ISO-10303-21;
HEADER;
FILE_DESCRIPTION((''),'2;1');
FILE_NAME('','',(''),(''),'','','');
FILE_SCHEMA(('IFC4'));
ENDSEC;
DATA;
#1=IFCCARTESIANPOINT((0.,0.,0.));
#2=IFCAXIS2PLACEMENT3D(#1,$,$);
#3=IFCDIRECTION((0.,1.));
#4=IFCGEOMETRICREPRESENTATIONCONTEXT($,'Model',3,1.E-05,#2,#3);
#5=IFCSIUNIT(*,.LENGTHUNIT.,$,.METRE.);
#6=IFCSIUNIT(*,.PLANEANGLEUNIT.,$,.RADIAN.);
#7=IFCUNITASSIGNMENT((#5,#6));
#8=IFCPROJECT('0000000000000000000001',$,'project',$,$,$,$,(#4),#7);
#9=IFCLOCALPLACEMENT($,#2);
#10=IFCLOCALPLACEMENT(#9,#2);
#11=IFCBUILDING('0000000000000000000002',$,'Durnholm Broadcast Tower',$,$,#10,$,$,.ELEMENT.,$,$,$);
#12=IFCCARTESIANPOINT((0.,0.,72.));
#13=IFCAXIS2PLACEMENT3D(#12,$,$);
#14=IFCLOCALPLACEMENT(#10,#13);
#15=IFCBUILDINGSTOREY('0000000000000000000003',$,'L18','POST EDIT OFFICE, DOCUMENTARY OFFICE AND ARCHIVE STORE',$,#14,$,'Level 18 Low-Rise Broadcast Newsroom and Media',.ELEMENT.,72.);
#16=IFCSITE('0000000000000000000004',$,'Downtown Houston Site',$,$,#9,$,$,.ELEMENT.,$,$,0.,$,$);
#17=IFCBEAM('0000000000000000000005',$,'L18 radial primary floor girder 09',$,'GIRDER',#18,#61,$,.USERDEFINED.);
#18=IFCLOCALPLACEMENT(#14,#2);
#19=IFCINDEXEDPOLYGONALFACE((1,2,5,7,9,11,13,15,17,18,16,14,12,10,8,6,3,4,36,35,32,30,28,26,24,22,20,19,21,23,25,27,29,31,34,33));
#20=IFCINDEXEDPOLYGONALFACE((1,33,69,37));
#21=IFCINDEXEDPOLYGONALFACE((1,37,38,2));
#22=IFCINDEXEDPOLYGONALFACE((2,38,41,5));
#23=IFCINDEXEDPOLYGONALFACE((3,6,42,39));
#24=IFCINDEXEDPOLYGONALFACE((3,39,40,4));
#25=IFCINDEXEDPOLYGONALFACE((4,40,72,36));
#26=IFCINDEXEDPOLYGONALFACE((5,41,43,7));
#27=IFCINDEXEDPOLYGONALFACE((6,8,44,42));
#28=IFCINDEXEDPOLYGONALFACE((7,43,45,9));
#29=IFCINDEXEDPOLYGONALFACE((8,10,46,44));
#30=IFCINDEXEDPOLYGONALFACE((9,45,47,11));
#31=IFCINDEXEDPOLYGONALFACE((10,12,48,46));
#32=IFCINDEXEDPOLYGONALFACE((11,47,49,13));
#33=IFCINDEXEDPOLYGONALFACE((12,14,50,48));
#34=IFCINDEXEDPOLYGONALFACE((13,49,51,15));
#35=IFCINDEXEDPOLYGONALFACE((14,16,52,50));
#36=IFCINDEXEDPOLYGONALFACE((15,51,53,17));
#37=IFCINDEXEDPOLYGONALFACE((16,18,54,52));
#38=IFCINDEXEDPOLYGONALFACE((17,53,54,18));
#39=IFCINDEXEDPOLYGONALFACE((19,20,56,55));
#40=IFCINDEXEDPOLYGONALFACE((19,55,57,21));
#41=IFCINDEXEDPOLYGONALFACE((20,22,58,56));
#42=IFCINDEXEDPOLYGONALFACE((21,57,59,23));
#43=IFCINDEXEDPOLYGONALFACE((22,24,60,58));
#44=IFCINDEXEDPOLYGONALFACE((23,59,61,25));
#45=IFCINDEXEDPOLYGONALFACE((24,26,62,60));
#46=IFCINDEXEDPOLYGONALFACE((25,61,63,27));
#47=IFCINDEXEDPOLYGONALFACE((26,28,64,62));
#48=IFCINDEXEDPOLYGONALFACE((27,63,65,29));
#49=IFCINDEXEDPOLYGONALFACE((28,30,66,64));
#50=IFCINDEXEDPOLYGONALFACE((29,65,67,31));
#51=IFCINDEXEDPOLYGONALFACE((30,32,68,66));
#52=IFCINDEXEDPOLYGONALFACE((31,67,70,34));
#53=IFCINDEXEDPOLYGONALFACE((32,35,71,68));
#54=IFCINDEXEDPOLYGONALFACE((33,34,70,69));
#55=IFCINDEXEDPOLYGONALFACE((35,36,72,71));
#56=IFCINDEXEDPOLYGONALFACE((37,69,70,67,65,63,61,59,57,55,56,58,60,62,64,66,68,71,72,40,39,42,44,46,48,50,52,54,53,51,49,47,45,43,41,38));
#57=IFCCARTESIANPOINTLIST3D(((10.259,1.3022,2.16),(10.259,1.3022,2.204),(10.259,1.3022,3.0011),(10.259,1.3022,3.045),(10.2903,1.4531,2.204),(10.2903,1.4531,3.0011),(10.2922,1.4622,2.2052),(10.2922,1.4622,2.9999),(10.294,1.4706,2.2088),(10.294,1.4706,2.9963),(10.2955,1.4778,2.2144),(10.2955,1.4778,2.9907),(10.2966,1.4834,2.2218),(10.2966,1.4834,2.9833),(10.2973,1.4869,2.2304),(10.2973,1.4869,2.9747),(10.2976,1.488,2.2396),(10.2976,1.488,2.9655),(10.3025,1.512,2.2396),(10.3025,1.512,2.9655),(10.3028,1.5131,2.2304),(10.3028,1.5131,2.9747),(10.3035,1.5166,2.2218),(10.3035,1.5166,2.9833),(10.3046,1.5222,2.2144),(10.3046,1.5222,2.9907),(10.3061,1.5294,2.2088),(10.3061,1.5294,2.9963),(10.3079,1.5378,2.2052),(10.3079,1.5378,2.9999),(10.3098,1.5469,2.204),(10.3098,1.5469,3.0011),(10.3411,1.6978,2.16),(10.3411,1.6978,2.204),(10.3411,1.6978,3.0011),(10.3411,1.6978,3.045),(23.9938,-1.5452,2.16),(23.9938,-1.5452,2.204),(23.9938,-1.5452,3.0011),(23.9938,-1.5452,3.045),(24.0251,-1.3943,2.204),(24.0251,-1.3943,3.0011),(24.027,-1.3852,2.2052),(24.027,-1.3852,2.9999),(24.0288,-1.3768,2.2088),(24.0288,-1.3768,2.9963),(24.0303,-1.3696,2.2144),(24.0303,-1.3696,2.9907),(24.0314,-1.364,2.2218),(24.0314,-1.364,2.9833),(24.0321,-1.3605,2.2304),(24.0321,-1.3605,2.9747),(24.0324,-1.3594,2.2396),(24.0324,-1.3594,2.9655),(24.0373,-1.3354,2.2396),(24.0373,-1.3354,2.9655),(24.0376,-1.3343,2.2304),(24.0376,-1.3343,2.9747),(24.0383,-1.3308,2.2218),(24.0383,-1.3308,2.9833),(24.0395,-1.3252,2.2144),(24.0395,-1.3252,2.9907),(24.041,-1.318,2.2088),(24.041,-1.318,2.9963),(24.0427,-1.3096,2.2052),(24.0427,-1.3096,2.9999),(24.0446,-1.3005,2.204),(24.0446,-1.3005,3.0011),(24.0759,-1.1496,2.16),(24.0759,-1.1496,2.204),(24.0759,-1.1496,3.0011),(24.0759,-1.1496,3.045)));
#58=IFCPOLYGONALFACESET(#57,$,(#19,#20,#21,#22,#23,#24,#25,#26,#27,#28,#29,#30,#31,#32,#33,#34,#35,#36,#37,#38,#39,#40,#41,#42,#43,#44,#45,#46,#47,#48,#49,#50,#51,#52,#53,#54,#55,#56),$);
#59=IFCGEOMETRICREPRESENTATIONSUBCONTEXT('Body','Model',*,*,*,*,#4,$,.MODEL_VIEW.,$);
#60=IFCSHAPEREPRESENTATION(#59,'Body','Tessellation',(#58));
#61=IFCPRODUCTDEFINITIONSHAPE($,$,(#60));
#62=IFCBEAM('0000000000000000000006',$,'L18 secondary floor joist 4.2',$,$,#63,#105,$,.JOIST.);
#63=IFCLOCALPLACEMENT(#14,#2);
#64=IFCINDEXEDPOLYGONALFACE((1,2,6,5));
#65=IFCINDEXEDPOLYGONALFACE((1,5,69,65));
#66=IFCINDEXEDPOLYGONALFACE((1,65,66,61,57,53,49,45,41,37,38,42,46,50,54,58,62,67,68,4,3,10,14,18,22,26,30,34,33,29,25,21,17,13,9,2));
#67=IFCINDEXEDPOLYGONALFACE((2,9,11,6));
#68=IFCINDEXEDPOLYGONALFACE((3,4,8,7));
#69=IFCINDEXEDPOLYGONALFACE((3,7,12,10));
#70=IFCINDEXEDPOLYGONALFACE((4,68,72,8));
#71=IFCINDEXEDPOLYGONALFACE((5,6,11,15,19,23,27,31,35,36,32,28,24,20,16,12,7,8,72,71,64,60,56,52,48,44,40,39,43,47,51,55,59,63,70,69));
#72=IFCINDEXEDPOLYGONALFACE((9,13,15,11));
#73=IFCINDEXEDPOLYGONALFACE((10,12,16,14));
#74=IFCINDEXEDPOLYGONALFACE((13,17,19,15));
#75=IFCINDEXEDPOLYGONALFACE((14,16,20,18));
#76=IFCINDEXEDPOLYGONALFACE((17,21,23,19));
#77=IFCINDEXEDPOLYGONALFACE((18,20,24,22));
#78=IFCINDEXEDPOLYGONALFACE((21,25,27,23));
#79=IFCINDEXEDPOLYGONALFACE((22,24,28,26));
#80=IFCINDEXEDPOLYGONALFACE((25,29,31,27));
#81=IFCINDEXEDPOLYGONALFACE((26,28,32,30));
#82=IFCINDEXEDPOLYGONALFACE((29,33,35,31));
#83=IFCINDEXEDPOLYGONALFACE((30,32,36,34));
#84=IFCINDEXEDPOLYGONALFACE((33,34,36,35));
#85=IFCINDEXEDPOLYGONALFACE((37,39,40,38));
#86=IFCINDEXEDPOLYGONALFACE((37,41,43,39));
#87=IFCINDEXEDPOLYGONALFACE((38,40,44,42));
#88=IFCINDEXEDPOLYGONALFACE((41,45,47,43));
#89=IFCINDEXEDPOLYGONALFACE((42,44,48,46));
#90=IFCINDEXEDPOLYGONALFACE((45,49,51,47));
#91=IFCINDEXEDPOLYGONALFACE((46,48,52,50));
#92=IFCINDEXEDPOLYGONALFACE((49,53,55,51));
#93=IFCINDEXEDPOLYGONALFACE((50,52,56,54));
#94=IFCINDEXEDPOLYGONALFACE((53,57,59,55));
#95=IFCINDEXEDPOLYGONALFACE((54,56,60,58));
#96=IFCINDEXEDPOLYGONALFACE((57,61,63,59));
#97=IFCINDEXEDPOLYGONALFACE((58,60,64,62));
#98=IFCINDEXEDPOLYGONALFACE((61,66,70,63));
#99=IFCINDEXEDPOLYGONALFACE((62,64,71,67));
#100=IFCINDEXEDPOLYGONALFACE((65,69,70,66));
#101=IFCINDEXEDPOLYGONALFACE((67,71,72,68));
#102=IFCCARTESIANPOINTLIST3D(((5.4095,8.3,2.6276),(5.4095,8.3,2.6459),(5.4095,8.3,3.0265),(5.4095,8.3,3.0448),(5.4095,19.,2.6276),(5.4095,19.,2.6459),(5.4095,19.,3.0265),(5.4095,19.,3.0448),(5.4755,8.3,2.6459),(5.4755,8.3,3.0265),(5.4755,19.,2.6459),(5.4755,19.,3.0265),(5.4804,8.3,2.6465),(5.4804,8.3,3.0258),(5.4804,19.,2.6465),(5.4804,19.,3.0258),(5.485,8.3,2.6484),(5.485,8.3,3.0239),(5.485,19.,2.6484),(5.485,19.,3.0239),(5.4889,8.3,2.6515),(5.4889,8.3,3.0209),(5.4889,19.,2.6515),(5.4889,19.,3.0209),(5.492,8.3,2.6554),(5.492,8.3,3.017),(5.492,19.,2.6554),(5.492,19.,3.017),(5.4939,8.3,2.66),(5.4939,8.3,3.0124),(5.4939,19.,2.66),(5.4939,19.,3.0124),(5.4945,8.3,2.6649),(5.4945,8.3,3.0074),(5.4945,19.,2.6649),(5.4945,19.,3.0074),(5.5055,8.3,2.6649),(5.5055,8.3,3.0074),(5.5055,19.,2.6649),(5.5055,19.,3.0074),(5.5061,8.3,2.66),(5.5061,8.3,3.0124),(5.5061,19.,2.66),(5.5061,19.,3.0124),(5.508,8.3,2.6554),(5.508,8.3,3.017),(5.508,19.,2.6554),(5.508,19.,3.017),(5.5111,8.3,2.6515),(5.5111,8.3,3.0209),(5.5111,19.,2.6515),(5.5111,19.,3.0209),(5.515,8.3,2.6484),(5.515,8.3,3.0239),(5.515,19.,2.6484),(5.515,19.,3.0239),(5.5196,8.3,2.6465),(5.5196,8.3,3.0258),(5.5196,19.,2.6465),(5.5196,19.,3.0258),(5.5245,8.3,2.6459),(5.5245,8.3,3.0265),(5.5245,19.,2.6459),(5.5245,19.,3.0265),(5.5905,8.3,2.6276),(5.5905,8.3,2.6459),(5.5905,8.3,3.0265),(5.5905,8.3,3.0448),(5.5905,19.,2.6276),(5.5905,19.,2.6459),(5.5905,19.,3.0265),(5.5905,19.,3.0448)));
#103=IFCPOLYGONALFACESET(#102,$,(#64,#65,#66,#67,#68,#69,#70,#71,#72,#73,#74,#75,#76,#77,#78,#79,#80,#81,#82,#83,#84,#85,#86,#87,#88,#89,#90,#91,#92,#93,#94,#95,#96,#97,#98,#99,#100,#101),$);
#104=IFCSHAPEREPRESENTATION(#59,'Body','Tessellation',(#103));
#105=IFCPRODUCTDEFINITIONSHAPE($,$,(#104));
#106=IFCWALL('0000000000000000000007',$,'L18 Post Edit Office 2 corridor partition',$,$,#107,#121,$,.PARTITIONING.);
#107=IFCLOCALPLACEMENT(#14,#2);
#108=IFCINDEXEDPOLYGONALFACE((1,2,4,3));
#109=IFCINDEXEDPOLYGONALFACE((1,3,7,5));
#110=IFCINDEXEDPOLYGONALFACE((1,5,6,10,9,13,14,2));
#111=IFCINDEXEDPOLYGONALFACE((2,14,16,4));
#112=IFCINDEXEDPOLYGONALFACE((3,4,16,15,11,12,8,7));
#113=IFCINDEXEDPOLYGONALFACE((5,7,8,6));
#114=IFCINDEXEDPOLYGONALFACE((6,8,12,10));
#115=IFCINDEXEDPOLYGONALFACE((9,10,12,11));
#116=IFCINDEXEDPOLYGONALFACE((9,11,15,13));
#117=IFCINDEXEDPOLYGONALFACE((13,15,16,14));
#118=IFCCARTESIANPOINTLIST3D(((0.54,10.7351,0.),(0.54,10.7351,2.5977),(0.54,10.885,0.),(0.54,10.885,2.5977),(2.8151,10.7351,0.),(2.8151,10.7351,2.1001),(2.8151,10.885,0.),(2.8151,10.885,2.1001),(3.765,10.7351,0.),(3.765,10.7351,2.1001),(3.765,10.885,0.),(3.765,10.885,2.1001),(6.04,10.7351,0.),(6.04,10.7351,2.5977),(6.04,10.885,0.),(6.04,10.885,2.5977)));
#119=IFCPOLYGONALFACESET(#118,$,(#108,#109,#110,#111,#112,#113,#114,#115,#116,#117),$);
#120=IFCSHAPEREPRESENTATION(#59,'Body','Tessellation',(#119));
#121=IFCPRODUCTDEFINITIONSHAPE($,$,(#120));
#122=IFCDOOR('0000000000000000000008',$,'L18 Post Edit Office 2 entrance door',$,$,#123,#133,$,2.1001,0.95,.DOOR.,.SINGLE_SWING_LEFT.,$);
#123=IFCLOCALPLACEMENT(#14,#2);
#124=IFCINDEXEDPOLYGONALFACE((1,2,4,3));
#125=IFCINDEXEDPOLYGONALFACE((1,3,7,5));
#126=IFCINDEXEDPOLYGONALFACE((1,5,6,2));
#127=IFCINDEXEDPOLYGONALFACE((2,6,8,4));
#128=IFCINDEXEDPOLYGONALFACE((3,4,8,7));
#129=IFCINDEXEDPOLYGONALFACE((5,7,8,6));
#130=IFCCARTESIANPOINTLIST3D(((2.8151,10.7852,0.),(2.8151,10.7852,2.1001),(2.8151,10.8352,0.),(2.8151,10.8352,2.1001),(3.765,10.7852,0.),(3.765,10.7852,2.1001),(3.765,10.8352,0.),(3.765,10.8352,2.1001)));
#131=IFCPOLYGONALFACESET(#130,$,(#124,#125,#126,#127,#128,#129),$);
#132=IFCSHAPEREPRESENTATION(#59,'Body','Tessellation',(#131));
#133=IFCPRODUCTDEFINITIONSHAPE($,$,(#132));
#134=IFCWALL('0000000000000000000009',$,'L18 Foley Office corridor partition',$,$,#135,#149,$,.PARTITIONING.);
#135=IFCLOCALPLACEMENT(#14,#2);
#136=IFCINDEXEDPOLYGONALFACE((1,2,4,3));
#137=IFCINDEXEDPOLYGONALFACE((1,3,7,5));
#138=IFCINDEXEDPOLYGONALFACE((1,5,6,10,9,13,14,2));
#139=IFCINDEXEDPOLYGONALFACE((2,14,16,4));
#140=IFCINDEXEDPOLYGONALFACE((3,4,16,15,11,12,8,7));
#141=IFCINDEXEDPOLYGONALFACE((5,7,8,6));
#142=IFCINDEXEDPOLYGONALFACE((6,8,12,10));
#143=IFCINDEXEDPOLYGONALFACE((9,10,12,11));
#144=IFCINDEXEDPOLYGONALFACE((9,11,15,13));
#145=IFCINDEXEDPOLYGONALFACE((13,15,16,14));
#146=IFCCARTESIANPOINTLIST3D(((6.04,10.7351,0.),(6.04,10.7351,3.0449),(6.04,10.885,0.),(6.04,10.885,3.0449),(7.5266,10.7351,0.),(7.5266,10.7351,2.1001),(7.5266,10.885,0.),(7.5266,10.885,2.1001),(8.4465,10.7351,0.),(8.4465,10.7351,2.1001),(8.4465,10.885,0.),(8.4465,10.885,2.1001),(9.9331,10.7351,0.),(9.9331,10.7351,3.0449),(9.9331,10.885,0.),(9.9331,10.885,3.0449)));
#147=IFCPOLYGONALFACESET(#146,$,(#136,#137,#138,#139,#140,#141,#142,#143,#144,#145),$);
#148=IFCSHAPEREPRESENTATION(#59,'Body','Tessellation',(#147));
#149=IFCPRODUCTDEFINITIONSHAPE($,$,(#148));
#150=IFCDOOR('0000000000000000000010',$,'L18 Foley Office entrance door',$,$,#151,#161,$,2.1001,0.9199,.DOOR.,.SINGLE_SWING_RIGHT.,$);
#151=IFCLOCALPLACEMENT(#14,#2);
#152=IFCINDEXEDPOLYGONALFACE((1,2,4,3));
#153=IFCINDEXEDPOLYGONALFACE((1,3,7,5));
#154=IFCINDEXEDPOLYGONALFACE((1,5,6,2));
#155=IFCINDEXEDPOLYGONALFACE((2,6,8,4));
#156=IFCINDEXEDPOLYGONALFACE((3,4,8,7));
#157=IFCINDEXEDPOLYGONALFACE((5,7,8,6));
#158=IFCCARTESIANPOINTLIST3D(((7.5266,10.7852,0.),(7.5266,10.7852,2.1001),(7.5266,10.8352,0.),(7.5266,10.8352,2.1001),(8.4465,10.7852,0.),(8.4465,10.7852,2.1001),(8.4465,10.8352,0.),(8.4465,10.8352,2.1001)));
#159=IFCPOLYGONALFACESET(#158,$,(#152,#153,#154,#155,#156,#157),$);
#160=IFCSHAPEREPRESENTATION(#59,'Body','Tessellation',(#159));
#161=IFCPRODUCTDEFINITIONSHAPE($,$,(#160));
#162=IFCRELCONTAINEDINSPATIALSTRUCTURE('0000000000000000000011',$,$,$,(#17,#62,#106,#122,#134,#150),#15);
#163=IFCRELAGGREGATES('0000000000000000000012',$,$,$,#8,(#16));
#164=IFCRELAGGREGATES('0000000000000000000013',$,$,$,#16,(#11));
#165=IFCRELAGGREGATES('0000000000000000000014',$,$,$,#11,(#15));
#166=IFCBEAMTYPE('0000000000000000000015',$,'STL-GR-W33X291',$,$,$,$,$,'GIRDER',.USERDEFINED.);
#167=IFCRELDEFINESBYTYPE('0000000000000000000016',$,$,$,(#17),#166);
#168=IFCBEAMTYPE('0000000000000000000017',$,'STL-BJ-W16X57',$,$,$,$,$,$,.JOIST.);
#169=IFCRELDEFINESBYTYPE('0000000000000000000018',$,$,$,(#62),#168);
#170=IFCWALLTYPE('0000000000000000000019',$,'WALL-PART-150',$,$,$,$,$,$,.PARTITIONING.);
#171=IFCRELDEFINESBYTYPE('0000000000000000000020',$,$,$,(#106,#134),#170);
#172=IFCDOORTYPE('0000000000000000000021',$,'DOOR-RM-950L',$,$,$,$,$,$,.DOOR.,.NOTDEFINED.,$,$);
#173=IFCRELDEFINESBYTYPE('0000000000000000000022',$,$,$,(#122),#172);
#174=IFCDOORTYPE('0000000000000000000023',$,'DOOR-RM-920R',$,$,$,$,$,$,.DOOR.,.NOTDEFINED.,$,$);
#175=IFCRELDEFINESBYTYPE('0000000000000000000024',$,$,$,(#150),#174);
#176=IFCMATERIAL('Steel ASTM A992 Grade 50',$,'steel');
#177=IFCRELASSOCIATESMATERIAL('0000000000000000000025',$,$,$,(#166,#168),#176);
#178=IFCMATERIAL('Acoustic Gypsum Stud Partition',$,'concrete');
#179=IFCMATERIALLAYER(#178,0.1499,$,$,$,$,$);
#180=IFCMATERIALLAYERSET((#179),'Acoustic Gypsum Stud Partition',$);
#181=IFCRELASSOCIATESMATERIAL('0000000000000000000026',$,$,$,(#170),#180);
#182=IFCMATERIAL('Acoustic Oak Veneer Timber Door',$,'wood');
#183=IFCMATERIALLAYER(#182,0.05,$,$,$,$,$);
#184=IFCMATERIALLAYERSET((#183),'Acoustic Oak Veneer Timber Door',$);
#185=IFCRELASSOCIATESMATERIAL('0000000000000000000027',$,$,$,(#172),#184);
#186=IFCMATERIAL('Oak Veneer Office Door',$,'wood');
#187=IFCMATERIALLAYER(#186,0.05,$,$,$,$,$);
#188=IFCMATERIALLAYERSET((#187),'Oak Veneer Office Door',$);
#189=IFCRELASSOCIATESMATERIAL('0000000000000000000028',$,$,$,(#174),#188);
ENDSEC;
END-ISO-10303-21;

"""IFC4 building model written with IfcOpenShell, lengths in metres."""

from ifc_helpers import new_model, si_unit, direction, frame, frame_2d, origin, origin_2d, place, context, subcontext, project, spatial, rectangle, i_section, extrude, source, transform, mapped, material, layer, layer_set, material_profile, profile_set, type_object, type_shapes, element, fill, save


model = new_model("IFC4")

# Units and contexts
model_context = context("Model", 3, precision=1e-05, world=origin(), true_north=direction((0.0, 1.0)))
body_context = subcontext(model_context, "Body", "Model", "MODEL_VIEW")
ifc_project = project(units=[si_unit("LENGTHUNIT", "METRE"), si_unit("PLANEANGLEUNIT", "RADIAN")], contexts=[model_context])

# Site, building, storey
site_placement = place(None, origin())
site = spatial("IfcSite", under=ifc_project, at=site_placement, Name="Downtown Houston Site", CompositionType="ELEMENT", RefElevation=0.0)
building_placement = place(site_placement, origin())
building = spatial("IfcBuilding", under=site, at=building_placement, Name="Durnholm Broadcast Tower", CompositionType="ELEMENT")
storey_placement = place(building_placement, frame((0.0, 0.0, 72.0)))
storey = spatial("IfcBuildingStorey", under=building, at=storey_placement, Name="L18", Description="POST EDIT OFFICE, DOCUMENTARY OFFICE AND ARCHIVE STORE", LongName="Level 18 Low-Rise Broadcast Newsroom and Media", CompositionType="ELEMENT", Elevation=72.0)

# Beams
ifc_material_1 = material(Name="Steel ASTM A992 Grade 50", Category="steel")
ifc_material_profile_1 = material_profile(ifc_material_1, i_section(OverallWidth=0.4041, OverallDepth=0.885, WebThickness=0.0244, FlangeThickness=0.0439, FilletRadius=0.0356, at=origin_2d()), Name="W33X291")
ifc_profile_set_1 = profile_set([ifc_material_profile_1], Name="Steel ASTM A992 Grade 50")
beam_type_1 = type_object("IfcBeamType", Name="STL-GR-W33X291", ElementType="GIRDER", PredefinedType="USERDEFINED", material=ifc_profile_set_1)
shared_shape_1 = source(origin(), body_context, "Body", "SweptSolid", [
    extrude(i_section(OverallWidth=0.4041, OverallDepth=0.885, WebThickness=0.0244, FlangeThickness=0.0439, FilletRadius=0.0356, at=origin_2d()), origin(), (0.0, 0.0, 1.0), 14.0269),
])
beam_1_placement = place(storey_placement, frame((10.3, 1.5, 2.6025), z_axis=(0.979179, -0.202996, 0.0), x_axis=(0.202996, 0.979179, 0.0)))
element("IfcBeam", 1, at=beam_1_placement, inside=storey, type_object=beam_type_1, Name="L18 radial primary floor girder 09", ObjectType="GIRDER", PredefinedType="USERDEFINED", context=body_context, shape_type="MappedRepresentation", body=[
    mapped(shared_shape_1, transform((0.0, 0.0, 0.0), x_axis=(1.0, 0.0, 0.0), y_axis=(0.0, 1.0, 0.0), z_axis=(0.0, 0.0, 1.0), scale=1.0)),
])
ifc_material_profile_2 = material_profile(ifc_material_1, i_section(OverallWidth=0.1809, OverallDepth=0.4172, WebThickness=0.011, FlangeThickness=0.0183, FilletRadius=0.019, at=origin_2d()), Name="W16X57")
ifc_profile_set_2 = profile_set([ifc_material_profile_2], Name="Steel ASTM A992 Grade 50")
beam_type_2 = type_object("IfcBeamType", Name="STL-BJ-W16X57", PredefinedType="JOIST", material=ifc_profile_set_2)
shared_shape_2 = source(origin(), body_context, "Body", "SweptSolid", [
    extrude(i_section(OverallWidth=0.1809, OverallDepth=0.4172, WebThickness=0.011, FlangeThickness=0.0183, FilletRadius=0.019, at=origin_2d()), origin(), (0.0, 0.0, 1.0), 10.7),
])
type_shapes(beam_type_2, [shared_shape_2])
beam_2_placement = place(storey_placement, frame((5.5, 8.3, 2.8362), z_axis=(0.0, 1.0, 0.0), x_axis=(-1.0, 0.0, 0.0)))
element("IfcBeam", 2, at=beam_2_placement, inside=storey, type_object=beam_type_2, Name="L18 secondary floor joist 4.2", PredefinedType="JOIST", context=body_context, shape_type="MappedRepresentation", body=[
    mapped(shared_shape_2, transform((0.0, 0.0, 0.0), x_axis=(1.0, 0.0, 0.0), y_axis=(0.0, 1.0, 0.0), z_axis=(0.0, 0.0, 1.0), scale=1.0)),
])

# Walls, openings, doors
ifc_material_2 = material(Name="Acoustic Gypsum Stud Partition", Category="concrete")
ifc_layer_1 = layer(ifc_material_2, 0.1499)
ifc_layer_set_1 = layer_set([ifc_layer_1], Name="Acoustic Gypsum Stud Partition")
wall_type_1 = type_object("IfcWallType", Name="WALL-PART-150", PredefinedType="PARTITIONING", material=ifc_layer_set_1)
wall_1_placement = place(storey_placement, frame((6.04, 10.8101, 0.0), z_axis=(0.0, 0.0, 1.0), x_axis=(-1.0, 0.0, 0.0)))
wall_1 = element("IfcWall", 3, at=wall_1_placement, inside=storey, type_object=wall_type_1, Name="L18 Post Edit Office 2 corridor partition", PredefinedType="PARTITIONING", context=body_context, shape_type="SweptSolid", body=[
    extrude(rectangle(XDim=5.5, YDim=0.1499, at=frame_2d((2.75, 0.0))), origin(), (0.0, 0.0, 1.0), 2.5977),
])
opening_1_placement = place(wall_1_placement, frame((2.2749, 0.0, 0.0)))
opening_1 = element("IfcOpeningElement", 4, at=opening_1_placement, cuts=wall_1, PredefinedType="OPENING", context=body_context, shape_type="SweptSolid", body=[
    extrude(rectangle(XDim=0.95, YDim=2.1001, at=frame_2d((0.4751, 1.05))), frame((0.0, 0.085, 0.0), z_axis=(0.0, -1.0, 0.0), x_axis=(1.0, 0.0, 0.0)), (0.0, 0.0, 1.0), 0.1699),
])
ifc_material_3 = material(Name="Acoustic Oak Veneer Timber Door", Category="wood")
ifc_layer_2 = layer(ifc_material_3, 0.05)
ifc_layer_set_2 = layer_set([ifc_layer_2], Name="Acoustic Oak Veneer Timber Door")
door_type_1 = type_object("IfcDoorType", Name="DOOR-RM-950L", OperationType="NOTDEFINED", PredefinedType="DOOR", material=ifc_layer_set_2)
shared_shape_3 = source(origin(), body_context, "Body", "SweptSolid", [
    extrude(rectangle(XDim=0.95, YDim=2.1001, at=frame_2d((0.4751, 1.05))), frame((0.0, 0.0249, 0.0), z_axis=(0.0, -1.0, 0.0), x_axis=(1.0, 0.0, 0.0)), (0.0, 0.0, 1.0), 0.05),
])
type_shapes(door_type_1, [shared_shape_3])
door_1_placement = place(opening_1_placement, origin())
door_1 = element("IfcDoor", 5, at=door_1_placement, inside=storey, type_object=door_type_1, Name="L18 Post Edit Office 2 entrance door", OperationType="SINGLE_SWING_LEFT", OverallHeight=2.1001, OverallWidth=0.95, PredefinedType="DOOR", context=body_context, shape_type="MappedRepresentation", body=[
    mapped(shared_shape_3, transform((0.0, 0.0, 0.0), x_axis=(1.0, 0.0, 0.0), y_axis=(0.0, 1.0, 0.0), z_axis=(0.0, 0.0, 1.0), scale=1.0)),
])
fill(opening_1, door_1)
wall_2_placement = place(storey_placement, frame((9.9331, 10.8101, 0.0), z_axis=(0.0, 0.0, 1.0), x_axis=(-1.0, 0.0, 0.0)))
wall_2 = element("IfcWall", 6, at=wall_2_placement, inside=storey, type_object=wall_type_1, Name="L18 Foley Office corridor partition", PredefinedType="PARTITIONING", context=body_context, shape_type="SweptSolid", body=[
    extrude(rectangle(XDim=3.8931, YDim=0.1499, at=frame_2d((1.9465, 0.0))), origin(), (0.0, 0.0, 1.0), 3.0449),
])
opening_2_placement = place(wall_2_placement, frame((1.4866, 0.0, 0.0)))
opening_2 = element("IfcOpeningElement", 7, at=opening_2_placement, cuts=wall_2, PredefinedType="OPENING", context=body_context, shape_type="SweptSolid", body=[
    extrude(rectangle(XDim=0.9199, YDim=2.1001, at=frame_2d((0.46, 1.05))), frame((0.0, 0.085, 0.0), z_axis=(0.0, -1.0, 0.0), x_axis=(1.0, 0.0, 0.0)), (0.0, 0.0, 1.0), 0.1699),
])
ifc_material_4 = material(Name="Oak Veneer Office Door", Category="wood")
ifc_layer_3 = layer(ifc_material_4, 0.05)
ifc_layer_set_3 = layer_set([ifc_layer_3], Name="Oak Veneer Office Door")
door_type_2 = type_object("IfcDoorType", Name="DOOR-RM-920R", OperationType="NOTDEFINED", PredefinedType="DOOR", material=ifc_layer_set_3)
shared_shape_4 = source(origin(), body_context, "Body", "SweptSolid", [
    extrude(rectangle(XDim=0.9199, YDim=2.1001, at=frame_2d((0.46, 1.05))), frame((0.0, 0.0249, 0.0), z_axis=(0.0, -1.0, 0.0), x_axis=(1.0, 0.0, 0.0)), (0.0, 0.0, 1.0), 0.05),
])
type_shapes(door_type_2, [shared_shape_4])
door_2_placement = place(opening_2_placement, origin())
door_2 = element("IfcDoor", 8, at=door_2_placement, inside=storey, type_object=door_type_2, Name="L18 Foley Office entrance door", OperationType="SINGLE_SWING_RIGHT", OverallHeight=2.1001, OverallWidth=0.9199, PredefinedType="DOOR", context=body_context, shape_type="MappedRepresentation", body=[
    mapped(shared_shape_4, transform((0.0, 0.0, 0.0), x_axis=(1.0, 0.0, 0.0), y_axis=(0.0, 1.0, 0.0), z_axis=(0.0, 0.0, 1.0), scale=1.0)),
])
fill(opening_2, door_2)

save(model, "model.ifc")
